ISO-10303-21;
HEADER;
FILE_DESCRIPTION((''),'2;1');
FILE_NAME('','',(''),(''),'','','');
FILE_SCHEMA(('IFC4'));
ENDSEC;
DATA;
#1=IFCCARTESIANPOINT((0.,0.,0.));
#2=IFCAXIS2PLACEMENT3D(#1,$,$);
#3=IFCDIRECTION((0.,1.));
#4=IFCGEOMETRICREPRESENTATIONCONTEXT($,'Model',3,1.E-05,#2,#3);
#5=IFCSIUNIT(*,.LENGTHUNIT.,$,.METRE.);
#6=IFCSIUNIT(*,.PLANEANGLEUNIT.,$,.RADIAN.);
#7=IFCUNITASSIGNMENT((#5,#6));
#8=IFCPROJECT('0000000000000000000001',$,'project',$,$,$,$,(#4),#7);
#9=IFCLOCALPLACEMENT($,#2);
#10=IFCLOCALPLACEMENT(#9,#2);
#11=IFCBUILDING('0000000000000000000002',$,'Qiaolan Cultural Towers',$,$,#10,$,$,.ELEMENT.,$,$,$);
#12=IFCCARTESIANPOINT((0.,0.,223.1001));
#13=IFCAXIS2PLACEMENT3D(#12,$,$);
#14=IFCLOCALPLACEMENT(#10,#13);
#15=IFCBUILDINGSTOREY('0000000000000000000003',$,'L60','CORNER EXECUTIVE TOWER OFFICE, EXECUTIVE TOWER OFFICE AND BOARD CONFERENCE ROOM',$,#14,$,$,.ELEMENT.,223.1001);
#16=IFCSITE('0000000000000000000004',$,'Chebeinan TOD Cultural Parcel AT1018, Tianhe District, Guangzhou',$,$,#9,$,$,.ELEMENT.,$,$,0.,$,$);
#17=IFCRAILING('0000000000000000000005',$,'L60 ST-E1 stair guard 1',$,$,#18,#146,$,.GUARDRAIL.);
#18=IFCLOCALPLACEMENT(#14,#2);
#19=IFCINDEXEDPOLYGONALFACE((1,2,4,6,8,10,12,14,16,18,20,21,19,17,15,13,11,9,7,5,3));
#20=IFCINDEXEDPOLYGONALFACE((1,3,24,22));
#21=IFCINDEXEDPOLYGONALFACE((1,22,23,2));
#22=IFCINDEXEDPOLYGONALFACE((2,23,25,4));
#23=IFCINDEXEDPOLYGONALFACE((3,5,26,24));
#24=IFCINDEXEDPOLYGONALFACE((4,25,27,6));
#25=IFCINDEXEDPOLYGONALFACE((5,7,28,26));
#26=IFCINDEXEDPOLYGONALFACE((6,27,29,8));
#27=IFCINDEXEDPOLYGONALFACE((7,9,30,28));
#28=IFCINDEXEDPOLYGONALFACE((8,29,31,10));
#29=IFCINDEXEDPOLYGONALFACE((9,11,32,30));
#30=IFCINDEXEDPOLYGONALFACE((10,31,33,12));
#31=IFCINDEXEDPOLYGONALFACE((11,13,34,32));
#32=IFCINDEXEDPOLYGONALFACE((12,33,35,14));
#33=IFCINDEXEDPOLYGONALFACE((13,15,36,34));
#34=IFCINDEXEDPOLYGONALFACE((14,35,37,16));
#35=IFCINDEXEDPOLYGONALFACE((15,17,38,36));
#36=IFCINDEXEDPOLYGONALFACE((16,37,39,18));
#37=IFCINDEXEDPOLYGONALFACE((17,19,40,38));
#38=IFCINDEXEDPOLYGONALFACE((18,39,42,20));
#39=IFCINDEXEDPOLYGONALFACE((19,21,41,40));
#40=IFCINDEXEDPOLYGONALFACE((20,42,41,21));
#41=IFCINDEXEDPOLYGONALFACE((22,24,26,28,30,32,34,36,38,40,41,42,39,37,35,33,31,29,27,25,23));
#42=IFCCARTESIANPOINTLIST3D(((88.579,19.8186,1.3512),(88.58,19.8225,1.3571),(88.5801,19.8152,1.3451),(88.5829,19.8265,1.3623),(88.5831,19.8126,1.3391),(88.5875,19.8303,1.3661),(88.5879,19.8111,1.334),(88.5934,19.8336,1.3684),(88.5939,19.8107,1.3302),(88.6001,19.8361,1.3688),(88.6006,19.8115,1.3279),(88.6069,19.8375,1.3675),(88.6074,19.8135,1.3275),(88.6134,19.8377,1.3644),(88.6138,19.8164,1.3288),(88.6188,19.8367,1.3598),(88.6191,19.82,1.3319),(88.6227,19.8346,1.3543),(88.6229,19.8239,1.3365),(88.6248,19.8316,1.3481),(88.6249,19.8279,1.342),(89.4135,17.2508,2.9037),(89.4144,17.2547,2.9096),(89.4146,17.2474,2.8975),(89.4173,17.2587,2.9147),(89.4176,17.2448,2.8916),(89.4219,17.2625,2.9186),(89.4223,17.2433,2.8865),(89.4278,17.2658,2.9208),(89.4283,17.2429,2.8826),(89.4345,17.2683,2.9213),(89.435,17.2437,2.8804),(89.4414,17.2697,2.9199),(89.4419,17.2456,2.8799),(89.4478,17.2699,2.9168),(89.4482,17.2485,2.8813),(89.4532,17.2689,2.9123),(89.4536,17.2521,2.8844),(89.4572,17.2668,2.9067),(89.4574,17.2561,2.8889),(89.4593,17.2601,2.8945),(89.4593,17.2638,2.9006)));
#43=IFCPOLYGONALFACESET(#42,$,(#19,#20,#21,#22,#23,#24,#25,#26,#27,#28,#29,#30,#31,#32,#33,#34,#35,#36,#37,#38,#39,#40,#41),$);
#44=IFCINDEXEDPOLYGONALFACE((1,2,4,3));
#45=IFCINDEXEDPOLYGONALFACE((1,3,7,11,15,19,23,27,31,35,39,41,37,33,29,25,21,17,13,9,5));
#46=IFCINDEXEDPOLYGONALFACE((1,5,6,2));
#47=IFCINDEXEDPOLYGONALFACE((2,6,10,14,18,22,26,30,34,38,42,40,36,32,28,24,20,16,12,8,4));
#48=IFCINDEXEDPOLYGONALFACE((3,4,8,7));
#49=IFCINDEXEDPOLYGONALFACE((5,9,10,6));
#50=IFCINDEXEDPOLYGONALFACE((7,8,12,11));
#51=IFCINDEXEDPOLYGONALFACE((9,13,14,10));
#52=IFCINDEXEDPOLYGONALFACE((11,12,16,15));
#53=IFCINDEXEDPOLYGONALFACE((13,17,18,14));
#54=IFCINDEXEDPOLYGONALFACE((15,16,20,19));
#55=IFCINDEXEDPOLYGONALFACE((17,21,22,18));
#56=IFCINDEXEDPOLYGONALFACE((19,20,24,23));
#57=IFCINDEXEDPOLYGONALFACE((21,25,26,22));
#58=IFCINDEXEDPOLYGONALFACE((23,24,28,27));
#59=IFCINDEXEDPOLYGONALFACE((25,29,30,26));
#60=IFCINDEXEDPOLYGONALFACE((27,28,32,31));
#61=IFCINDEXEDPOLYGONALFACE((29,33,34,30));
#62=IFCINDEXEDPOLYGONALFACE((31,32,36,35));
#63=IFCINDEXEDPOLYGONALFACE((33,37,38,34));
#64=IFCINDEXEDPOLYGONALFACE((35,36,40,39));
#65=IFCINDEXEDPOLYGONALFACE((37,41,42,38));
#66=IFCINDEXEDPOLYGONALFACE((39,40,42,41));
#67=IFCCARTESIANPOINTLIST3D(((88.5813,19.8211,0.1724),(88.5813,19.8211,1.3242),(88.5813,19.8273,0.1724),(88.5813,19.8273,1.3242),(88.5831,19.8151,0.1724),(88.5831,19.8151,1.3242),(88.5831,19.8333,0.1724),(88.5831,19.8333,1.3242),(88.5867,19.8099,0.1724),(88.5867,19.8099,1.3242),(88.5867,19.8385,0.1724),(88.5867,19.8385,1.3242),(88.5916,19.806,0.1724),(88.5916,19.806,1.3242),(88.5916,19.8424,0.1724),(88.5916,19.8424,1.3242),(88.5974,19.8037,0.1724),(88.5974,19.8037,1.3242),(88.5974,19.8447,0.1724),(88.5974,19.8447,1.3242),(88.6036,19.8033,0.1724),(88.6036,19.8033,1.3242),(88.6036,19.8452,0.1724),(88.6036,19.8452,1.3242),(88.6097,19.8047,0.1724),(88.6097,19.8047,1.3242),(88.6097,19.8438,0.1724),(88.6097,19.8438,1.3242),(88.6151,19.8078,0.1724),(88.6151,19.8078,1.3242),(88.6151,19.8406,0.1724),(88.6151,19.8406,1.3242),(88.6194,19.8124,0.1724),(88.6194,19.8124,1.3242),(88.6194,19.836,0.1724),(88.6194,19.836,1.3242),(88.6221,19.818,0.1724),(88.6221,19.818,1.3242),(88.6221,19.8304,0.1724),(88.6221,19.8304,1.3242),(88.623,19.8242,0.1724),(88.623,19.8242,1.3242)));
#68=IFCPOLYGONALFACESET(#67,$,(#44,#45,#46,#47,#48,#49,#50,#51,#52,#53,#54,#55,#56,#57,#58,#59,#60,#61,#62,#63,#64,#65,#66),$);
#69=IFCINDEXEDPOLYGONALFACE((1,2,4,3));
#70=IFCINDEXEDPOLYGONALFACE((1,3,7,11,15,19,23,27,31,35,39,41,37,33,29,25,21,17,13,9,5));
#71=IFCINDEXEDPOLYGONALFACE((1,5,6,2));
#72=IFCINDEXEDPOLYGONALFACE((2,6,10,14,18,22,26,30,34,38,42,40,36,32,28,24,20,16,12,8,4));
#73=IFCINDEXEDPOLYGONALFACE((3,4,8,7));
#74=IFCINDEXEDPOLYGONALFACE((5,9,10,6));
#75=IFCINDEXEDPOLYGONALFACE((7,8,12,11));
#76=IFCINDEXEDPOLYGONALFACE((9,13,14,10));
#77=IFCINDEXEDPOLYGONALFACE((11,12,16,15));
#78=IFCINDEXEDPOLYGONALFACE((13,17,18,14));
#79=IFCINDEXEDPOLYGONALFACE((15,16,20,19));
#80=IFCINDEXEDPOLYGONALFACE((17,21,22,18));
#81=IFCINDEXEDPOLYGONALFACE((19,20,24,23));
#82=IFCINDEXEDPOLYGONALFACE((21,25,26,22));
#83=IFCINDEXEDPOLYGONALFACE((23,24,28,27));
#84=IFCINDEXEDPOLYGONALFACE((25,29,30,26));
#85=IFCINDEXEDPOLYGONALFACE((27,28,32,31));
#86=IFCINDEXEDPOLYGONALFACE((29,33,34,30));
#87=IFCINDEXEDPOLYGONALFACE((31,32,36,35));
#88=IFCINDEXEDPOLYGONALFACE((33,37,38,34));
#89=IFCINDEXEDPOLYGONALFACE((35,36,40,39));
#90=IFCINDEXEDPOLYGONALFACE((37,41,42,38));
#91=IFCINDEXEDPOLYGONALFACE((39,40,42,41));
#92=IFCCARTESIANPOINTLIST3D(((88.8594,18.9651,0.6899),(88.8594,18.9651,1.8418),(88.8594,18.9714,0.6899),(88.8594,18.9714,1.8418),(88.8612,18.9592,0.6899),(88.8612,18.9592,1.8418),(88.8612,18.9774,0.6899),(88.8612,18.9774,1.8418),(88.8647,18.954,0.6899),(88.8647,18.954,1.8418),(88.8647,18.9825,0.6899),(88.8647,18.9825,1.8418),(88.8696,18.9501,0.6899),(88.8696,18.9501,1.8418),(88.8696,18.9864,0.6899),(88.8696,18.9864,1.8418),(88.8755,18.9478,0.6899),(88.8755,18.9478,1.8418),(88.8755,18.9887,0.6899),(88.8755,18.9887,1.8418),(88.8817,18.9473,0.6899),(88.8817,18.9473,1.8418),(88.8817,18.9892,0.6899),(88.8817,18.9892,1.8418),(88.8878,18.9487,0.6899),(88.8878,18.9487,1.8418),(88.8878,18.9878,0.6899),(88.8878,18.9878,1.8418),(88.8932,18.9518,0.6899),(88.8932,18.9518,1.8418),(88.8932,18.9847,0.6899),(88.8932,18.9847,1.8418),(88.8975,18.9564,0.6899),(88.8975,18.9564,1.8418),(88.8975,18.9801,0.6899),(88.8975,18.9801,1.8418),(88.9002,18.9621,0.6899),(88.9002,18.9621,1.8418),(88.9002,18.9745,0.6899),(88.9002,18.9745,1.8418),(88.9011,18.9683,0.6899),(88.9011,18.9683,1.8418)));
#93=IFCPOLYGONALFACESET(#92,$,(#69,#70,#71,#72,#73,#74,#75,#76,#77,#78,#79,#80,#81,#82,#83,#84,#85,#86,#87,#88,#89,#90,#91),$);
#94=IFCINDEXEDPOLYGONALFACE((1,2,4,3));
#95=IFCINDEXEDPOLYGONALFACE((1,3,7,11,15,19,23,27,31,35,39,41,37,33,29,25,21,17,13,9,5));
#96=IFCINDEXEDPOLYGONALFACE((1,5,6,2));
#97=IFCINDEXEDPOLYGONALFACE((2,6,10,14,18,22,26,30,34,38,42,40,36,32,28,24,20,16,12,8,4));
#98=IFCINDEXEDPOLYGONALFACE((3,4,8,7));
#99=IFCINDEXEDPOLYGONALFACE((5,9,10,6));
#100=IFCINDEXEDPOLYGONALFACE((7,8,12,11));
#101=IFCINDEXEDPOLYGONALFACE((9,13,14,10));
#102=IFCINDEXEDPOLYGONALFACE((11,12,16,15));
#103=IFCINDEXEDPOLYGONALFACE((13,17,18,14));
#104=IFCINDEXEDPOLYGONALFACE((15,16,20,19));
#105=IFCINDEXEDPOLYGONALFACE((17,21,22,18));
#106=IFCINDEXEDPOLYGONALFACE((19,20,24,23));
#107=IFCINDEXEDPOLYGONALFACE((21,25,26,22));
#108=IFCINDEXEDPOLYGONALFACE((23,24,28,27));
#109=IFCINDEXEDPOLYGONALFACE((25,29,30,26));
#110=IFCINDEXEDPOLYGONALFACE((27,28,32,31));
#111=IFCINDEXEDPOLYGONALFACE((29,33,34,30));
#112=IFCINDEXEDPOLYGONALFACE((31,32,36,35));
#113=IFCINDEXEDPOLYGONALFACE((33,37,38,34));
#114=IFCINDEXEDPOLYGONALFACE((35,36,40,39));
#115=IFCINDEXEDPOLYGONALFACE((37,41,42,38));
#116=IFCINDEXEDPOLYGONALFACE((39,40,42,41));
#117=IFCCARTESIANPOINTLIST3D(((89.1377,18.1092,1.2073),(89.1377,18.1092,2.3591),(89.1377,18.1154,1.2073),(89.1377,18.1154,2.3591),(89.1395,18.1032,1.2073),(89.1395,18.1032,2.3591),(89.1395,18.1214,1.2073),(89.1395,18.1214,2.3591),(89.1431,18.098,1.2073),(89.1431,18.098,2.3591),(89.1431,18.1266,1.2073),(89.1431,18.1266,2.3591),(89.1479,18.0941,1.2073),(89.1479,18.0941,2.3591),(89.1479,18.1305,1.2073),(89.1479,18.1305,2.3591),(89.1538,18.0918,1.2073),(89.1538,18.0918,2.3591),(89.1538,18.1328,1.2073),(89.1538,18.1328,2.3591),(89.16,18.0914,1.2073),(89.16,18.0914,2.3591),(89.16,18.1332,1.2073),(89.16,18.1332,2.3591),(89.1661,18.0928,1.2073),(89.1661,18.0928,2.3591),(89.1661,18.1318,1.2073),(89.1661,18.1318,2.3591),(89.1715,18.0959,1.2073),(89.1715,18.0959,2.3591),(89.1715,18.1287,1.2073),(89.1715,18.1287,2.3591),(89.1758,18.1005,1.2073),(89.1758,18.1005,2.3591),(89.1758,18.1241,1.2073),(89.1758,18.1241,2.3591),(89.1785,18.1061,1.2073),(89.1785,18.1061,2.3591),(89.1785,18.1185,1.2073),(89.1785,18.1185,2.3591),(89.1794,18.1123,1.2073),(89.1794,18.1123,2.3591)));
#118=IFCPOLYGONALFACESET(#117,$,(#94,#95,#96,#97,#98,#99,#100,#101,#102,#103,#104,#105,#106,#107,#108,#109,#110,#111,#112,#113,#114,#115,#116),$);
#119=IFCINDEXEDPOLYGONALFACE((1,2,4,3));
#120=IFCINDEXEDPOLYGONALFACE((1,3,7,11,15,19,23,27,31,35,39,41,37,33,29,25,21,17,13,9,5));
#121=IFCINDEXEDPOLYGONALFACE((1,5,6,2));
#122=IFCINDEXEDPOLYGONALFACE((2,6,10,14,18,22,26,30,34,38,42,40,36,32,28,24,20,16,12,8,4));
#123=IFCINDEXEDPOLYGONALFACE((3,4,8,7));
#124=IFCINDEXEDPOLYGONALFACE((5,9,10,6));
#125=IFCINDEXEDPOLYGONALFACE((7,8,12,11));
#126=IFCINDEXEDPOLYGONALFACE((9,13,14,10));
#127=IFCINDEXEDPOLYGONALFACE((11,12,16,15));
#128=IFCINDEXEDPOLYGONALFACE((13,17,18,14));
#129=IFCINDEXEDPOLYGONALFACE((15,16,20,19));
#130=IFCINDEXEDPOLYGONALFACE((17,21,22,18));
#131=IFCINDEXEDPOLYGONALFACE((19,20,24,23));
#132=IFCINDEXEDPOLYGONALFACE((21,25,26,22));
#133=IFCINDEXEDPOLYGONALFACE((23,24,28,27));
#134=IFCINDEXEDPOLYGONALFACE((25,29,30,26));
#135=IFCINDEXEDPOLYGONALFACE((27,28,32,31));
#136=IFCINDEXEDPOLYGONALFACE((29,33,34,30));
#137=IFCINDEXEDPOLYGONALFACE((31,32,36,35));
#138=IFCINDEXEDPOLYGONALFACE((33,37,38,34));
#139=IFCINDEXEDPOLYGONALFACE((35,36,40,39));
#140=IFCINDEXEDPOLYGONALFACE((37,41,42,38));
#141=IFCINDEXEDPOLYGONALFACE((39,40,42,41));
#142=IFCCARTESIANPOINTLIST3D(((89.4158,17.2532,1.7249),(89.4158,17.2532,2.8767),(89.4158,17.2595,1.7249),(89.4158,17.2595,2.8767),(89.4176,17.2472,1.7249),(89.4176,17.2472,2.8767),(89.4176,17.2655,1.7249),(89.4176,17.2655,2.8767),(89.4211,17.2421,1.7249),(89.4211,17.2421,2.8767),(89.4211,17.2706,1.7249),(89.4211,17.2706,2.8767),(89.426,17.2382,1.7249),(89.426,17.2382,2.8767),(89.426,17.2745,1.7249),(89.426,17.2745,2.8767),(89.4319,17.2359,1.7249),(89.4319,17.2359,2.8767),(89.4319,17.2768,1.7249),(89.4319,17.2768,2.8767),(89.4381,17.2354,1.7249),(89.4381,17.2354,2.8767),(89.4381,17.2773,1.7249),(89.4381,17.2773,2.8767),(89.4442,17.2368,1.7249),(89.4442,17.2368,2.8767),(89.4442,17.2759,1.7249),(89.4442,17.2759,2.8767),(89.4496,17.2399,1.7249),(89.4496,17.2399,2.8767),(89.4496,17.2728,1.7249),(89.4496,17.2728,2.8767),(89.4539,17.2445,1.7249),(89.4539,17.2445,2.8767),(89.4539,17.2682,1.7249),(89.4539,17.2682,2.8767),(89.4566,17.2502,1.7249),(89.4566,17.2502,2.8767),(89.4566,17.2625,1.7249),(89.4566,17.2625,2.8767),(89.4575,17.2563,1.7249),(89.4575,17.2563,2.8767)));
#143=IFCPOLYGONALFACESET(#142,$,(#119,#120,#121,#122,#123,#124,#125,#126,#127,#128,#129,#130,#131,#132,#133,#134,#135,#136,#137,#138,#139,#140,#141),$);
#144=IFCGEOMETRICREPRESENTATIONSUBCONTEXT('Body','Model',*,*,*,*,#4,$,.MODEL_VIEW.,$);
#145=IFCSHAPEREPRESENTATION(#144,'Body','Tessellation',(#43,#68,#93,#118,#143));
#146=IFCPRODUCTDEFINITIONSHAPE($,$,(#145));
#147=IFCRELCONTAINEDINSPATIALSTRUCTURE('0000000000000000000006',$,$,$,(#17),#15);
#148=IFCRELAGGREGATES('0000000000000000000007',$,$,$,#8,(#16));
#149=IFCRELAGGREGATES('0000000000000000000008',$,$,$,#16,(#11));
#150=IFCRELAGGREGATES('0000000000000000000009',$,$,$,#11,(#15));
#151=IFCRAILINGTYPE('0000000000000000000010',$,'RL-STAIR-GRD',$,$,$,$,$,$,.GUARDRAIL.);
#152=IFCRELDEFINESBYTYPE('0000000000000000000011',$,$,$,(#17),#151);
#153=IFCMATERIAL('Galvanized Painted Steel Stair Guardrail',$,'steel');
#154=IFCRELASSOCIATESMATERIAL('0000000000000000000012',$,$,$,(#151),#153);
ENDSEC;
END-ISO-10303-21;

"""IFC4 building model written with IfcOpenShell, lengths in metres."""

from ifc_helpers import new_model, si_unit, direction, frame, origin, origin_2d, place, context, subcontext, project, spatial, circle, extrude, material, type_object, element, save


model = new_model("IFC4")

# Units and contexts
model_context = context("Model", 3, precision=1e-05, world=origin(), true_north=direction((0.0, 1.0)))
body_context = subcontext(model_context, "Body", "Model", "MODEL_VIEW")
ifc_project = project(units=[si_unit("LENGTHUNIT", "METRE"), si_unit("PLANEANGLEUNIT", "RADIAN")], contexts=[model_context])

# Site, building, storey
site_placement = place(None, origin())
site = spatial("IfcSite", under=ifc_project, at=site_placement, Name="Chebeinan TOD Cultural Parcel AT1018, Tianhe District, Guangzhou", CompositionType="ELEMENT", RefElevation=0.0)
building_placement = place(site_placement, origin())
building = spatial("IfcBuilding", under=site, at=building_placement, Name="Qiaolan Cultural Towers", CompositionType="ELEMENT")
storey_placement = place(building_placement, frame((0.0, 0.0, 223.1001)))
storey = spatial("IfcBuildingStorey", under=building, at=storey_placement, Name="L60", Description="CORNER EXECUTIVE TOWER OFFICE, EXECUTIVE TOWER OFFICE AND BOARD CONFERENCE ROOM", CompositionType="ELEMENT", Elevation=223.1001)

# Railing
ifc_material_1 = material(Name="Galvanized Painted Steel Stair Guardrail", Category="steel")
railing_type_1 = type_object("IfcRailingType", Name="RL-STAIR-GRD", PredefinedType="GUARDRAIL", material=ifc_material_1)
railing_1_placement = place(storey_placement, frame((88.6021, 19.8242, 0.1724)))
element("IfcRailing", 1, at=railing_1_placement, inside=storey, type_object=railing_type_1, Name="L60 ST-E1 stair guard 1", PredefinedType="GUARDRAIL", context=body_context, shape_type="SweptSolid", body=[
    extrude(circle(Radius=0.0239, at=origin_2d()), frame((0.0, 0.0, 1.1758), z_axis=(0.267926, -0.824471, 0.498461), x_axis=(0.951043, 0.309057, 0.0)), (0.0, 0.0, 1.0), 3.1145),
    extrude(circle(Radius=0.021, at=origin_2d()), origin(), (0.0, 0.0, 1.0), 1.1519),
    extrude(circle(Radius=0.021, at=origin_2d()), frame((0.2781, -0.856, 0.5176)), (0.0, 0.0, 1.0), 1.1519),
    extrude(circle(Radius=0.021, at=origin_2d()), frame((0.5564, -1.7119, 1.0349)), (0.0, 0.0, 1.0), 1.1519),
    extrude(circle(Radius=0.021, at=origin_2d()), frame((0.8345, -2.5679, 1.5525)), (0.0, 0.0, 1.0), 1.1519),
])

save(model, "model.ifc")
